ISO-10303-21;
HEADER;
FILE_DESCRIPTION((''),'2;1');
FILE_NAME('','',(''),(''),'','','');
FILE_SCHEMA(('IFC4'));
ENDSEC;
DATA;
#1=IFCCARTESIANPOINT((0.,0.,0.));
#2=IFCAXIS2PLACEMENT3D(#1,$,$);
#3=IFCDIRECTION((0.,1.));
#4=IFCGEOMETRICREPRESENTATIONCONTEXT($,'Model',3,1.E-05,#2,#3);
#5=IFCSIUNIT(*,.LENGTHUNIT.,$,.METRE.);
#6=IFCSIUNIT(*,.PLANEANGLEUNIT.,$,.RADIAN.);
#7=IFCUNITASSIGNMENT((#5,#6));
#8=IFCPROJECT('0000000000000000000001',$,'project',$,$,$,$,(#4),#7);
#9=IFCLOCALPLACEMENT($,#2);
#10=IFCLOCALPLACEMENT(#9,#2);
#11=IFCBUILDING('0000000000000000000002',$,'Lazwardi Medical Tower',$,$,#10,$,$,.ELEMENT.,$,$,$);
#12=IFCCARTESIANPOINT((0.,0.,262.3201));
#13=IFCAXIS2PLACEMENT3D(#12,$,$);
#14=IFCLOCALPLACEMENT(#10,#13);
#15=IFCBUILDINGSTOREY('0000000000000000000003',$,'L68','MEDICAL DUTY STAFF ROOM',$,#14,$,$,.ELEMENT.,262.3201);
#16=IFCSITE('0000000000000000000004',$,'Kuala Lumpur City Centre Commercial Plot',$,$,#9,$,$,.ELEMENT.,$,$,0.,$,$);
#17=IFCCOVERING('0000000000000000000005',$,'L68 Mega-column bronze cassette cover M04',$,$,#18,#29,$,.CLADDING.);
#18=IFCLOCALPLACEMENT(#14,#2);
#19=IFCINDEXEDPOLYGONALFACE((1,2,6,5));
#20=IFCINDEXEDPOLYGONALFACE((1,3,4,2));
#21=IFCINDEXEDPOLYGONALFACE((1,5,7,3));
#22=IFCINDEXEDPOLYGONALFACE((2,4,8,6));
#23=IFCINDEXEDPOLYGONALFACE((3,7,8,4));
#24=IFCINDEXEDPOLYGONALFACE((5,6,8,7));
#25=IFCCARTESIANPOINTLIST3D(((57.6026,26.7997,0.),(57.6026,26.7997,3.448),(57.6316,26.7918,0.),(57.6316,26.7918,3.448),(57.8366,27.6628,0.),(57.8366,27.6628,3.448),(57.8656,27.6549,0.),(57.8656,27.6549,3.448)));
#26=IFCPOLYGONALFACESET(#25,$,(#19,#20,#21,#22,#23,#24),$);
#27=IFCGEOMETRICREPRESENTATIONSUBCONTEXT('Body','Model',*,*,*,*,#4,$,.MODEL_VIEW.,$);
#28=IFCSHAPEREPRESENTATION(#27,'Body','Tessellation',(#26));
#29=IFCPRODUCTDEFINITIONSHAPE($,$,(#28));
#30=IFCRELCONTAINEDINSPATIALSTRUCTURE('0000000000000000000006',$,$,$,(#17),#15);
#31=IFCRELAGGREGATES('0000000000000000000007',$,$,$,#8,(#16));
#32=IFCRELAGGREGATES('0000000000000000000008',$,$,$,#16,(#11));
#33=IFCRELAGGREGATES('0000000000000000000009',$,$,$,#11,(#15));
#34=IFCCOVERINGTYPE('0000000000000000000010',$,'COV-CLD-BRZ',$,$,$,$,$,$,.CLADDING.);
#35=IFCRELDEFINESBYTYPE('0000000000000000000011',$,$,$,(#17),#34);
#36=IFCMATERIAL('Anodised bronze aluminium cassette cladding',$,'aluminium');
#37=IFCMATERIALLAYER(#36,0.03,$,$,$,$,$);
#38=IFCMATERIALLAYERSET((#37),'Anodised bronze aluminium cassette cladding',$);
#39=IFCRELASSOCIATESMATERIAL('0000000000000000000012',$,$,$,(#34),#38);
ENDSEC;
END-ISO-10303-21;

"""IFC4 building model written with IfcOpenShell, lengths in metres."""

from ifc_helpers import new_model, si_unit, direction, frame, origin, origin_2d, place, context, subcontext, project, spatial, rectangle, extrude, material, layer, layer_set, type_object, element, save


model = new_model("IFC4")

# Units and contexts
model_context = context("Model", 3, precision=1e-05, world=origin(), true_north=direction((0.0, 1.0)))
body_context = subcontext(model_context, "Body", "Model", "MODEL_VIEW")
ifc_project = project(units=[si_unit("LENGTHUNIT", "METRE"), si_unit("PLANEANGLEUNIT", "RADIAN")], contexts=[model_context])

# Site, building, storey
site_placement = place(None, origin())
site = spatial("IfcSite", under=ifc_project, at=site_placement, Name="Kuala Lumpur City Centre Commercial Plot", CompositionType="ELEMENT", RefElevation=0.0)
building_placement = place(site_placement, origin())
building = spatial("IfcBuilding", under=site, at=building_placement, Name="Lazwardi Medical Tower", CompositionType="ELEMENT")
storey_placement = place(building_placement, frame((0.0, 0.0, 262.3201)))
storey = spatial("IfcBuildingStorey", under=building, at=storey_placement, Name="L68", Description="MEDICAL DUTY STAFF ROOM", CompositionType="ELEMENT", Elevation=262.3201)

# Covering
ifc_material_1 = material(Name="Anodised bronze aluminium cassette cladding", Category="aluminium")
ifc_layer_1 = layer(ifc_material_1, 0.03)
ifc_layer_set_1 = layer_set([ifc_layer_1], Name="Anodised bronze aluminium cassette cladding")
covering_type = type_object("IfcCoveringType", Name="COV-CLD-BRZ", PredefinedType="CLADDING", material=ifc_layer_set_1)
covering_1_placement = place(storey_placement, frame((57.7341, 27.2273, 0.0), z_axis=(0.0, 0.0, 1.0), x_axis=(0.261642, 0.965165, 0.0)))
element("IfcCovering", 1, at=covering_1_placement, inside=storey, type_object=covering_type, Name="L68 Mega-column bronze cassette cover M04", PredefinedType="CLADDING", context=body_context, shape_type="SweptSolid", body=[
    extrude(rectangle(XDim=0.8943, YDim=0.03, at=origin_2d()), origin(), (0.0, 0.0, 1.0), 3.448),
])

save(model, "model.ifc")
